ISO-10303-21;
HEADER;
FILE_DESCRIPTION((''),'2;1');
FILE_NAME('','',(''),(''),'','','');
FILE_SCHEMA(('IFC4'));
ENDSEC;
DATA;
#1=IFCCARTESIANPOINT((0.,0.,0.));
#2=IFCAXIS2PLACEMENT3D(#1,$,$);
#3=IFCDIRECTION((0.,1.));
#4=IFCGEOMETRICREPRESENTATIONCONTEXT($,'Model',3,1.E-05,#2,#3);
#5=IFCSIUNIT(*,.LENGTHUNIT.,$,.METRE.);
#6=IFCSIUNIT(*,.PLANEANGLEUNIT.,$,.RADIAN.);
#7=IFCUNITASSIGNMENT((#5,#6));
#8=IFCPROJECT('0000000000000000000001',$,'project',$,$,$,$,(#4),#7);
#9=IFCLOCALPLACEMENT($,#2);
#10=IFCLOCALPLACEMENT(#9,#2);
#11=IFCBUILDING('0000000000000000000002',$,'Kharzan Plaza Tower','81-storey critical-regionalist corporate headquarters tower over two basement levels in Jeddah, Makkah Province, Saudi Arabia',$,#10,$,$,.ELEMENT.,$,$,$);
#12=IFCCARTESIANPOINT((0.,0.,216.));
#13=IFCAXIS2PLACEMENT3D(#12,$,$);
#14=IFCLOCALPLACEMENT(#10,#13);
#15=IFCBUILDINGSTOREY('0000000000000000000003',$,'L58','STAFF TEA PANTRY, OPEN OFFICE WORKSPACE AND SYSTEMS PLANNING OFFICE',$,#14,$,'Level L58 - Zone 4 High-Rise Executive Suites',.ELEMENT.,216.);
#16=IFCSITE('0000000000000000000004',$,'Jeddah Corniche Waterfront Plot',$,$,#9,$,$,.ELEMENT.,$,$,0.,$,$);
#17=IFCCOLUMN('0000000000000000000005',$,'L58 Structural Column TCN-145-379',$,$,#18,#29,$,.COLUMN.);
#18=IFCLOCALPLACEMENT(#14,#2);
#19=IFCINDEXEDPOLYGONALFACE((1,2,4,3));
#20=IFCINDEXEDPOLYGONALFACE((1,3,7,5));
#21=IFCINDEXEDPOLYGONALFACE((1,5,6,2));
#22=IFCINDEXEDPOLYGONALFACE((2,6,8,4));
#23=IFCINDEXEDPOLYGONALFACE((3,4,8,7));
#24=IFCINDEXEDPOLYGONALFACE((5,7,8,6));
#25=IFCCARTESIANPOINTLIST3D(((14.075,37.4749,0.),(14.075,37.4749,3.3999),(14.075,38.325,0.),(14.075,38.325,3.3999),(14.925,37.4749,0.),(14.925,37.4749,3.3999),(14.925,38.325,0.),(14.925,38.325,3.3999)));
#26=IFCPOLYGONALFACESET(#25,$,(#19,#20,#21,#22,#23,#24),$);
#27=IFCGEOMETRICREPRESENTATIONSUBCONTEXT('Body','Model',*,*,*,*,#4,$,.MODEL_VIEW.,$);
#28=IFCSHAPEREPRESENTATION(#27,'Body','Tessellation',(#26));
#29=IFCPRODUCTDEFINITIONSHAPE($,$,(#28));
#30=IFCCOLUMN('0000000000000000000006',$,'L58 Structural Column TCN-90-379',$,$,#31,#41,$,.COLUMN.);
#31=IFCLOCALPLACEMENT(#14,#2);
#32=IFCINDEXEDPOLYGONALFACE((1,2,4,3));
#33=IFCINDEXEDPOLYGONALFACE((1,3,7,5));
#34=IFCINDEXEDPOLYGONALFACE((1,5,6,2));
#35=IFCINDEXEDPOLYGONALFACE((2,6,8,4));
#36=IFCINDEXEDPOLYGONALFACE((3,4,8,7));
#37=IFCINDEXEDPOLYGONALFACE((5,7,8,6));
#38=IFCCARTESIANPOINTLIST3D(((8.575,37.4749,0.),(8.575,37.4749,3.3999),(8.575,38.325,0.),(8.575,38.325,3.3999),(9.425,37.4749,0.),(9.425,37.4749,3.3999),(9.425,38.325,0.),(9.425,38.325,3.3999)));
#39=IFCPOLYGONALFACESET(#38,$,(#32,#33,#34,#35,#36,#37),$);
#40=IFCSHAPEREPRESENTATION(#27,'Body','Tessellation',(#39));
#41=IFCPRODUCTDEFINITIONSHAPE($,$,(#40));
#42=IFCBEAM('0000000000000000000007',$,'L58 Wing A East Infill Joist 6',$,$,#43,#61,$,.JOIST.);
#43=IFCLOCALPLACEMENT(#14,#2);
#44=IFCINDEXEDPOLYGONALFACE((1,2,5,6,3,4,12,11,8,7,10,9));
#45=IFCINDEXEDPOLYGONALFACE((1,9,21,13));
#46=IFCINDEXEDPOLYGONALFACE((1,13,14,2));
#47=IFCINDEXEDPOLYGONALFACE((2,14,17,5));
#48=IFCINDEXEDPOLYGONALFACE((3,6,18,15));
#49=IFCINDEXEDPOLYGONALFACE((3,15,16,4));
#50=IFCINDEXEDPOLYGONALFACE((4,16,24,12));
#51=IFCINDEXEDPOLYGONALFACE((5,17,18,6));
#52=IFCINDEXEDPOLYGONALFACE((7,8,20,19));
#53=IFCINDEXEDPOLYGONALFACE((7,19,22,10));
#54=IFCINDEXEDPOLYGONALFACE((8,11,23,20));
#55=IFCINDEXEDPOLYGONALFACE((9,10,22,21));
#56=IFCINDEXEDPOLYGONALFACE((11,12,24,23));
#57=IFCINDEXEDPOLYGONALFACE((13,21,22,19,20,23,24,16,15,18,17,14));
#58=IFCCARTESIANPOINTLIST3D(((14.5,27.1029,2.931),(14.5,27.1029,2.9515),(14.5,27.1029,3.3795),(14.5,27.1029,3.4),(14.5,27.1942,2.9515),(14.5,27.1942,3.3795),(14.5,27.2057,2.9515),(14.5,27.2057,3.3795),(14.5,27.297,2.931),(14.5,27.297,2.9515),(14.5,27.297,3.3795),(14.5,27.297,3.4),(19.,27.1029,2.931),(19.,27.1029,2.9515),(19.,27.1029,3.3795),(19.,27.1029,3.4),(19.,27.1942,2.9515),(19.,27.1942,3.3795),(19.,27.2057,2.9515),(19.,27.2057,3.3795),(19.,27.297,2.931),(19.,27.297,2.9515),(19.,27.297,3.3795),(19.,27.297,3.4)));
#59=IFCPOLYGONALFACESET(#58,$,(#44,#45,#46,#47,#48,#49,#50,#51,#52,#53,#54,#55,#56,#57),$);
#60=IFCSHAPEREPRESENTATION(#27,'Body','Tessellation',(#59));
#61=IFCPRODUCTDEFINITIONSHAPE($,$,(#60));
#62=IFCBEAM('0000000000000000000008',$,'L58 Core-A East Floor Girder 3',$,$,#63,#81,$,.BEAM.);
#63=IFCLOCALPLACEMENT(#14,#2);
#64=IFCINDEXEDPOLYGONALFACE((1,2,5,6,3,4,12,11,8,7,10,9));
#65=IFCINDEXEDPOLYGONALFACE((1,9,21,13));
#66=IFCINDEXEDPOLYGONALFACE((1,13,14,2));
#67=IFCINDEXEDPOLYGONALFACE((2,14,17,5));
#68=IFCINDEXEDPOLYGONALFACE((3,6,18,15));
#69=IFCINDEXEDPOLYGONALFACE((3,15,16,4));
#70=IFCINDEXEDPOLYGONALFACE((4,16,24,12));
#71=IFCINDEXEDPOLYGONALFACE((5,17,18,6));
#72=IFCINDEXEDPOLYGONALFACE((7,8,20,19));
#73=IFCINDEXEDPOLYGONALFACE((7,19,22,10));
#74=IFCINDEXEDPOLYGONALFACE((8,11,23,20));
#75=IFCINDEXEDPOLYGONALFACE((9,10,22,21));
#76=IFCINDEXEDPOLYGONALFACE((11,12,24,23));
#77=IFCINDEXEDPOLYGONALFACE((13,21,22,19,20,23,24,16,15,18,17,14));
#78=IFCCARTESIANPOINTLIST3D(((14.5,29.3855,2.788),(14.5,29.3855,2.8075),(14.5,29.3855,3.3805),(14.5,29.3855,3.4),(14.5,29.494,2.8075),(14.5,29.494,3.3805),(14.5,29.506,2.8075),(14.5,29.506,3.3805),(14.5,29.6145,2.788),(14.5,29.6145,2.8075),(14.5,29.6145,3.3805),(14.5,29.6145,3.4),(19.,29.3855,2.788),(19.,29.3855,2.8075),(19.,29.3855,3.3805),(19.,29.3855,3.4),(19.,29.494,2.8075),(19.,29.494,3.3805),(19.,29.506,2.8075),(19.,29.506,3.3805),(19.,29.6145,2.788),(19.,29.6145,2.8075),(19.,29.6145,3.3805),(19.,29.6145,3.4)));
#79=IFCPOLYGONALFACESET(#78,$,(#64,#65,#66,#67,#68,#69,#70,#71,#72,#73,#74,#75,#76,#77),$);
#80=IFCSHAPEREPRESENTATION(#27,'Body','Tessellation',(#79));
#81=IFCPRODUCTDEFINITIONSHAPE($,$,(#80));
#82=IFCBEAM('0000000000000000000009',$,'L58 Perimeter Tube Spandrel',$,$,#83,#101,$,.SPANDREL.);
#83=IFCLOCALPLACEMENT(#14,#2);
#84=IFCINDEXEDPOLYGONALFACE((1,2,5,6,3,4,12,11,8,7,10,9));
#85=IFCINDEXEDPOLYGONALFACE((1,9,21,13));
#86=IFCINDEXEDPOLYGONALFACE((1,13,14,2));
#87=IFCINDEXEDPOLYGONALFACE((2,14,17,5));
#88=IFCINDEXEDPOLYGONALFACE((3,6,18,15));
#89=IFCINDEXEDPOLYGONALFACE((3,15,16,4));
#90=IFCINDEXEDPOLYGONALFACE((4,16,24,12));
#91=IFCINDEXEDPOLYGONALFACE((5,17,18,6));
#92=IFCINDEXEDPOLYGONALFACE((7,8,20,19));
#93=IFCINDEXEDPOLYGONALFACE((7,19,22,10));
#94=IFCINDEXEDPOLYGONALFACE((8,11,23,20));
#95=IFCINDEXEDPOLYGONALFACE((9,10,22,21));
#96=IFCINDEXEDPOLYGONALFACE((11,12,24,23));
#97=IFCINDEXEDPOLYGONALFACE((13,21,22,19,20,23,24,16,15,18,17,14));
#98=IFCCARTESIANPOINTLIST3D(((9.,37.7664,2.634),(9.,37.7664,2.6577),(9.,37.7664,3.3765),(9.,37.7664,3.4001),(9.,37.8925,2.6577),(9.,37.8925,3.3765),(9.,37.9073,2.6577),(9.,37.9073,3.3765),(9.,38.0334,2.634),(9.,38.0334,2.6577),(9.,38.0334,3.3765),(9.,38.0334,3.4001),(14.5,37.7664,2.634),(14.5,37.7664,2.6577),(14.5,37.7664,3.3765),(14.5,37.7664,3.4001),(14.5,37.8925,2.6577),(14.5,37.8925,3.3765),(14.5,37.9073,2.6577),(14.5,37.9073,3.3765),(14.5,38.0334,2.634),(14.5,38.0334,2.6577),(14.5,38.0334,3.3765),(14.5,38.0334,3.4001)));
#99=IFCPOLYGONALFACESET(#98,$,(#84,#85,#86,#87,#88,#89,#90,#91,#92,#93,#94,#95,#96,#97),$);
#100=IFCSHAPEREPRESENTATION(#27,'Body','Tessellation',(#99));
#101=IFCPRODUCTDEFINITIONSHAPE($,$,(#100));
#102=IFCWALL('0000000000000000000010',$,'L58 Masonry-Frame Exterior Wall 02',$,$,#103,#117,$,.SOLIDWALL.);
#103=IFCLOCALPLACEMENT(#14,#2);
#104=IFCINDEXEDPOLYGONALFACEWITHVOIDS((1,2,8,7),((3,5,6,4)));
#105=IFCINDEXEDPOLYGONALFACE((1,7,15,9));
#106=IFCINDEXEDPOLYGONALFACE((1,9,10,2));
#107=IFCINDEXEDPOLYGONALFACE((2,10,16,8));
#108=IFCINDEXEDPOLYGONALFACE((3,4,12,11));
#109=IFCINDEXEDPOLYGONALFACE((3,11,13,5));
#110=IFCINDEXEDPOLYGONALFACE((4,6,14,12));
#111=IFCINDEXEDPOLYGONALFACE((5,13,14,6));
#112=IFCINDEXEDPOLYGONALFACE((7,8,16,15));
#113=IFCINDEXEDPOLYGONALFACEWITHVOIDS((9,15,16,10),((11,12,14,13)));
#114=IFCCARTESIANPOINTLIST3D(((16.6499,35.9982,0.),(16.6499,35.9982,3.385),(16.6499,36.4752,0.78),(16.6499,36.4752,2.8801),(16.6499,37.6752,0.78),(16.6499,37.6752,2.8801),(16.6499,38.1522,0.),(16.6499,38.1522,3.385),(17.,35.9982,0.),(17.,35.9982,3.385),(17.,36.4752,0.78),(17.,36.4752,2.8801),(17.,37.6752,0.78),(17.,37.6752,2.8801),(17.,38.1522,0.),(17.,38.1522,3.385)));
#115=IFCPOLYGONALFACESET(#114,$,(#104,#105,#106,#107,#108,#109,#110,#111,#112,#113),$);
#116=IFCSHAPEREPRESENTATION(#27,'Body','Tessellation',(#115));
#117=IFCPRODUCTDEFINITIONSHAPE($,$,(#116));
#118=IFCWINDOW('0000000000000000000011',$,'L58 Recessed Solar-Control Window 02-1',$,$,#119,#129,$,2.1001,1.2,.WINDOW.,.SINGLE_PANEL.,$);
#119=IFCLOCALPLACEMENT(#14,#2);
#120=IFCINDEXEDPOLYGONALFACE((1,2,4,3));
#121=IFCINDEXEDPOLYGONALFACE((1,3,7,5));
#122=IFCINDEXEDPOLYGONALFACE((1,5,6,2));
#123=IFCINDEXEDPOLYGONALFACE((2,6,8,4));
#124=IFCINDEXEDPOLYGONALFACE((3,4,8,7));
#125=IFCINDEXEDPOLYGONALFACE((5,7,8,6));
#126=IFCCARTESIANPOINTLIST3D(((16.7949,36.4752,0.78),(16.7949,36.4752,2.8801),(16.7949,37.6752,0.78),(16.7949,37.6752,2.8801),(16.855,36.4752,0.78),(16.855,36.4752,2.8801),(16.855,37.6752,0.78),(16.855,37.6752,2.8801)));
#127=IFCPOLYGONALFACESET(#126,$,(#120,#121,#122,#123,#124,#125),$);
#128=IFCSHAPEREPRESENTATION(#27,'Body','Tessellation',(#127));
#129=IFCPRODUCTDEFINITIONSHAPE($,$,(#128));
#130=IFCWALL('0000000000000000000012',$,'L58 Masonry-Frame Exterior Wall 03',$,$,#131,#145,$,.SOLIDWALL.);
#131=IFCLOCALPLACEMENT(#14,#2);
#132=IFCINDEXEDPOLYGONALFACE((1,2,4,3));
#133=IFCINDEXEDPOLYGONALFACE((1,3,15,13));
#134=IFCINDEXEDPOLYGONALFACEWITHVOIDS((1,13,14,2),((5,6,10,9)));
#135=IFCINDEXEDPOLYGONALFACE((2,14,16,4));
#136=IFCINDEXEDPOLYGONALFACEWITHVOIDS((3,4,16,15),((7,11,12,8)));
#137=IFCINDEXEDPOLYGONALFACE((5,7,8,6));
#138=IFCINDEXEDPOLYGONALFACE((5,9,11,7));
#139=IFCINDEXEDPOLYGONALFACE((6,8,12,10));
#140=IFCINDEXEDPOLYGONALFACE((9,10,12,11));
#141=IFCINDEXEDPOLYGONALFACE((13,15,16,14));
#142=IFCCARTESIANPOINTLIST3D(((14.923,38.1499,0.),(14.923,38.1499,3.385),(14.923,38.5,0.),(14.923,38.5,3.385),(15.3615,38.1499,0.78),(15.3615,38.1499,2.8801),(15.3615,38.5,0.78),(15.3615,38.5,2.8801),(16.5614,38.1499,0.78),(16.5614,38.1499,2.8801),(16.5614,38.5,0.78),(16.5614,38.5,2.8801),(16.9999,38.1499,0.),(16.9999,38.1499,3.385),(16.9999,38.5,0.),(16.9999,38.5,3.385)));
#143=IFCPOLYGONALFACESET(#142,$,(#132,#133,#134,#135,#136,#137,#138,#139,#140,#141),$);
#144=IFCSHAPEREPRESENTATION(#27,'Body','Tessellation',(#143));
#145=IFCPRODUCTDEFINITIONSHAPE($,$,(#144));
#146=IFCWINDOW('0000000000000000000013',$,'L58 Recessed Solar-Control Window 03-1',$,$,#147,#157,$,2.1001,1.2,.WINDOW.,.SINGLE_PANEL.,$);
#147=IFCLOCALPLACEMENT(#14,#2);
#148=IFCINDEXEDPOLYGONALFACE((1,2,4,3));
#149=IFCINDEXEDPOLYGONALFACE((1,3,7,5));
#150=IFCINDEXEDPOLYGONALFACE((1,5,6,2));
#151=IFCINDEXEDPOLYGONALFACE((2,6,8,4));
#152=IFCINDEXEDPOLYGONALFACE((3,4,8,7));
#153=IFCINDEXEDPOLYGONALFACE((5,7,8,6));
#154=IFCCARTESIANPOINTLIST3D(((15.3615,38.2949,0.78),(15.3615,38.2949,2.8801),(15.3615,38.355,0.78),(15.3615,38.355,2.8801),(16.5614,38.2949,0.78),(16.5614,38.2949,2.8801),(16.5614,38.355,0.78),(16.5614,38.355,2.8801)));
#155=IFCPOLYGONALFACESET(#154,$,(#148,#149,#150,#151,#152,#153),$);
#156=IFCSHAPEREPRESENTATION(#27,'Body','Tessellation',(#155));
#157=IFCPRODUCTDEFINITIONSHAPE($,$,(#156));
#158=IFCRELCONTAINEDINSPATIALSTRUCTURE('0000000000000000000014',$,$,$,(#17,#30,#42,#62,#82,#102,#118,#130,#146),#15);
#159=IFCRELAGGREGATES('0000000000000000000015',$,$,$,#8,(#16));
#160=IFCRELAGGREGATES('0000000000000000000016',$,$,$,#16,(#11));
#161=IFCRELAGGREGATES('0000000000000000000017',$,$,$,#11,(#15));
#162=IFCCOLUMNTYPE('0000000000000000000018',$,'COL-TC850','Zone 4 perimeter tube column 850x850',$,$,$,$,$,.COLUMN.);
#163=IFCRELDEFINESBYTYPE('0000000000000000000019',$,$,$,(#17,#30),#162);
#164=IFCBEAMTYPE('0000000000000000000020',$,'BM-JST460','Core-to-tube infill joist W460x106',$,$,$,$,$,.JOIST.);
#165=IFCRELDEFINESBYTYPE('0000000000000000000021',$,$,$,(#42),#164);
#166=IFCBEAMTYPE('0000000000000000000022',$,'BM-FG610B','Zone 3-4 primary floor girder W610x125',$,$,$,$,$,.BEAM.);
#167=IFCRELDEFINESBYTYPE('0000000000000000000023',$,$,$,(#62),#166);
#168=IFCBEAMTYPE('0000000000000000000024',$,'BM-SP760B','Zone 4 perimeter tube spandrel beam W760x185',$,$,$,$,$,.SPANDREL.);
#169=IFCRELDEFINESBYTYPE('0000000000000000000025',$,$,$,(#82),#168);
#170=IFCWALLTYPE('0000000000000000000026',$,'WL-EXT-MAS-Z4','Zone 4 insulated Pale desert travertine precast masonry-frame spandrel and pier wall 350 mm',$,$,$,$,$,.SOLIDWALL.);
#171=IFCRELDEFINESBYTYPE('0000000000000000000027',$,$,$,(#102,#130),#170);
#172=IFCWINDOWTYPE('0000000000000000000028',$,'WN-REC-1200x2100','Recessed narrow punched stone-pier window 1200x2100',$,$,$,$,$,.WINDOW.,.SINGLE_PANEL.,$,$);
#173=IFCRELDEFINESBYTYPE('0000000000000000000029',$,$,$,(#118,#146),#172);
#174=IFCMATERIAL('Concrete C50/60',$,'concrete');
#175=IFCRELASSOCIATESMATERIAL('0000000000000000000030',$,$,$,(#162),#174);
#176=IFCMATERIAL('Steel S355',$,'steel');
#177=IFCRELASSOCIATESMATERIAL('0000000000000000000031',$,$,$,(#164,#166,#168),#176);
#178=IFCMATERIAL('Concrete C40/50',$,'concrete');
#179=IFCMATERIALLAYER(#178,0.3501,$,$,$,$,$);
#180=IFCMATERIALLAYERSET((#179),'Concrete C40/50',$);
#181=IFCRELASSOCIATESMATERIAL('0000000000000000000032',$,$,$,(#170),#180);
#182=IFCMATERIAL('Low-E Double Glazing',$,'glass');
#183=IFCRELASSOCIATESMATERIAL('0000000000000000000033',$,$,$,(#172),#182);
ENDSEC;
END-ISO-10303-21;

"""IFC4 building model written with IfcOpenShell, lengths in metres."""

from ifc_helpers import new_model, si_unit, direction, frame, frame_2d, origin, origin_2d, place, context, subcontext, project, spatial, rectangle, i_section, extrude, source, transform, mapped, material, layer, layer_set, material_profile, profile_set, type_object, element, fill, save


model = new_model("IFC4")

# Units and contexts
model_context = context("Model", 3, precision=1e-05, world=origin(), true_north=direction((0.0, 1.0)))
body_context = subcontext(model_context, "Body", "Model", "MODEL_VIEW")
ifc_project = project(units=[si_unit("LENGTHUNIT", "METRE"), si_unit("PLANEANGLEUNIT", "RADIAN")], contexts=[model_context])

# Site, building, storey
site_placement = place(None, origin())
site = spatial("IfcSite", under=ifc_project, at=site_placement, Name="Jeddah Corniche Waterfront Plot", CompositionType="ELEMENT", RefElevation=0.0)
building_placement = place(site_placement, origin())
building = spatial("IfcBuilding", under=site, at=building_placement, Name="Kharzan Plaza Tower", Description="81-storey critical-regionalist corporate headquarters tower over two basement levels in Jeddah, Makkah Province, Saudi Arabia", CompositionType="ELEMENT")
storey_placement = place(building_placement, frame((0.0, 0.0, 216.0)))
storey = spatial("IfcBuildingStorey", under=building, at=storey_placement, Name="L58", Description="STAFF TEA PANTRY, OPEN OFFICE WORKSPACE AND SYSTEMS PLANNING OFFICE", LongName="Level L58 - Zone 4 High-Rise Executive Suites", CompositionType="ELEMENT", Elevation=216.0)

# Columns
ifc_material_1 = material(Name="Concrete C50/60", Category="concrete")
ifc_material_profile_1 = material_profile(ifc_material_1, rectangle(XDim=0.8501, YDim=0.8501, at=origin_2d()), Name="RC-TC850x850")
ifc_profile_set_1 = profile_set([ifc_material_profile_1], Name="Concrete C50/60")
column_type = type_object("IfcColumnType", Name="COL-TC850", Description="Zone 4 perimeter tube column 850x850", PredefinedType="COLUMN", material=ifc_profile_set_1)
shared_shape_1 = source(origin(), body_context, "Body", "SweptSolid", [
    extrude(rectangle(XDim=0.8501, YDim=0.8501, at=origin_2d()), origin(), (0.0, 0.0, 1.0), 3.3999),
])
for number, where, z_axis, x_axis, name in (
    (1, (14.5, 37.8999, 0.0), (0.0, 0.0, 1.0), (1.0, 0.0, 0.0), "L58 Structural Column TCN-145-379"),
    (2, (9.0, 37.8999, 0.0), (0.0, 0.0, 1.0), (1.0, 0.0, 0.0), "L58 Structural Column TCN-90-379"),
):
    element("IfcColumn", number, at=place(storey_placement, frame(where, z_axis=z_axis, x_axis=x_axis)), inside=storey, type_object=column_type, Name=name, PredefinedType="COLUMN", context=body_context, shape_type="MappedRepresentation", body=[
        mapped(shared_shape_1, transform((0.0, 0.0, 0.0), x_axis=(1.0, 0.0, 0.0), y_axis=(0.0, 1.0, 0.0), z_axis=(0.0, 0.0, 1.0))),
    ])

# Beams
ifc_material_2 = material(Name="Steel S355", Category="steel")
ifc_material_profile_2 = material_profile(ifc_material_2, i_section(OverallWidth=0.1941, OverallDepth=0.469, WebThickness=0.0115, FlangeThickness=0.0205, at=origin_2d()), Name="W460x106")
ifc_profile_set_2 = profile_set([ifc_material_profile_2], Name="Steel S355")
beam_type_1 = type_object("IfcBeamType", Name="BM-JST460", Description="Core-to-tube infill joist W460x106", PredefinedType="JOIST", material=ifc_profile_set_2)
shared_shape_2 = source(origin(), body_context, "Body", "SweptSolid", [
    extrude(i_section(OverallWidth=0.1941, OverallDepth=0.469, WebThickness=0.0115, FlangeThickness=0.0205, at=origin_2d()), origin(), (0.0, 0.0, 1.0), 4.5),
])
beam_1_placement = place(storey_placement, frame((14.5, 27.2, 3.1655), z_axis=(1.0, 0.0, 0.0), x_axis=(0.0, 1.0, 0.0)))
element("IfcBeam", 3, at=beam_1_placement, inside=storey, type_object=beam_type_1, Name="L58 Wing A East Infill Joist 6", PredefinedType="JOIST", context=body_context, shape_type="MappedRepresentation", body=[
    mapped(shared_shape_2, transform((0.0, 0.0, 0.0), x_axis=(1.0, 0.0, 0.0), y_axis=(0.0, 1.0, 0.0), z_axis=(0.0, 0.0, 1.0))),
])
ifc_material_profile_3 = material_profile(ifc_material_2, i_section(OverallWidth=0.229, OverallDepth=0.6121, WebThickness=0.012, FlangeThickness=0.0195, at=origin_2d()), Name="W610x125")
ifc_profile_set_3 = profile_set([ifc_material_profile_3], Name="Steel S355")
beam_type_2 = type_object("IfcBeamType", Name="BM-FG610B", Description="Zone 3-4 primary floor girder W610x125", PredefinedType="BEAM", material=ifc_profile_set_3)
shared_shape_3 = source(origin(), body_context, "Body", "SweptSolid", [
    extrude(i_section(OverallWidth=0.229, OverallDepth=0.6121, WebThickness=0.012, FlangeThickness=0.0195, at=origin_2d()), origin(), (0.0, 0.0, 1.0), 4.5),
])
beam_2_placement = place(storey_placement, frame((14.5, 29.5, 3.094), z_axis=(1.0, 0.0, 0.0), x_axis=(0.0, 1.0, 0.0)))
element("IfcBeam", 4, at=beam_2_placement, inside=storey, type_object=beam_type_2, Name="L58 Core-A East Floor Girder 3", PredefinedType="BEAM", context=body_context, shape_type="MappedRepresentation", body=[
    mapped(shared_shape_3, transform((0.0, 0.0, 0.0), x_axis=(1.0, 0.0, 0.0), y_axis=(0.0, 1.0, 0.0), z_axis=(0.0, 0.0, 1.0))),
])
ifc_material_profile_4 = material_profile(ifc_material_2, i_section(OverallWidth=0.2671, OverallDepth=0.7661, WebThickness=0.0149, FlangeThickness=0.0237, at=origin_2d()), Name="W760x185")
ifc_profile_set_4 = profile_set([ifc_material_profile_4], Name="Steel S355")
beam_type_3 = type_object("IfcBeamType", Name="BM-SP760B", Description="Zone 4 perimeter tube spandrel beam W760x185", PredefinedType="SPANDREL", material=ifc_profile_set_4)
shared_shape_4 = source(origin(), body_context, "Body", "SweptSolid", [
    extrude(i_section(OverallWidth=0.2671, OverallDepth=0.7661, WebThickness=0.0149, FlangeThickness=0.0237, at=origin_2d()), origin(), (0.0, 0.0, 1.0), 5.5),
])
beam_3_placement = place(storey_placement, frame((9.0, 37.8999, 3.0171), z_axis=(1.0, 0.0, 0.0), x_axis=(0.0, 1.0, 0.0)))
element("IfcBeam", 5, at=beam_3_placement, inside=storey, type_object=beam_type_3, Name="L58 Perimeter Tube Spandrel", PredefinedType="SPANDREL", context=body_context, shape_type="MappedRepresentation", body=[
    mapped(shared_shape_4, transform((0.0, 0.0, 0.0), x_axis=(1.0, 0.0, 0.0), y_axis=(0.0, 1.0, 0.0), z_axis=(0.0, 0.0, 1.0))),
])

# Walls, openings, windows
ifc_material_3 = material(Name="Concrete C40/50", Category="concrete")
ifc_layer_1 = layer(ifc_material_3, 0.3501)
ifc_layer_set_1 = layer_set([ifc_layer_1], Name="Concrete C40/50")
wall_type_1 = type_object("IfcWallType", Name="WL-EXT-MAS-Z4", Description="Zone 4 insulated Pale desert travertine precast masonry-frame spandrel and pier wall 350 mm", PredefinedType="SOLIDWALL", material=ifc_layer_set_1)
wall_1_placement = place(storey_placement, frame((16.825, 35.998, 0.0), z_axis=(0.0, 0.0, 1.0), x_axis=(0.0, 1.0, 0.0)))
wall_1 = element("IfcWall", 6, at=wall_1_placement, inside=storey, type_object=wall_type_1, Name="L58 Masonry-Frame Exterior Wall 02", PredefinedType="SOLIDWALL", context=body_context, shape_type="SweptSolid", body=[
    extrude(rectangle(XDim=2.1541, YDim=0.3501, at=frame_2d((1.0771, 0.0))), origin(), (0.0, 0.0, 1.0), 3.385),
])
opening_1_placement = place(wall_1_placement, frame((0.4771, 0.0, 0.78)))
opening_1 = element("IfcOpeningElement", 7, at=opening_1_placement, cuts=wall_1, PredefinedType="OPENING", context=body_context, shape_type="SweptSolid", body=[
    extrude(rectangle(XDim=1.2, YDim=2.1001, at=frame_2d((0.6001, 1.05))), frame((0.0, 0.1851, 0.0), z_axis=(0.0, -1.0, 0.0), x_axis=(1.0, 0.0, 0.0)), (0.0, 0.0, 1.0), 0.3701),
])
ifc_material_4 = material(Name="Low-E Double Glazing", Category="glass")
window_type_1 = type_object("IfcWindowType", Name="WN-REC-1200x2100", Description="Recessed narrow punched stone-pier window 1200x2100", PartitioningType="SINGLE_PANEL", PredefinedType="WINDOW", material=ifc_material_4)
shared_shape_5 = source(origin(), body_context, "Body", "SweptSolid", [
    extrude(rectangle(XDim=1.2, YDim=2.1001, at=frame_2d((0.6001, 1.05))), frame((0.0, 0.03, 0.0), z_axis=(0.0, -1.0, 0.0), x_axis=(1.0, 0.0, 0.0)), (0.0, 0.0, 1.0), 0.0601),
])
window_1_placement = place(opening_1_placement, origin())
window_1 = element("IfcWindow", 8, at=window_1_placement, inside=storey, type_object=window_type_1, Name="L58 Recessed Solar-Control Window 02-1", OverallHeight=2.1001, OverallWidth=1.2, PartitioningType="SINGLE_PANEL", PredefinedType="WINDOW", context=body_context, shape_type="MappedRepresentation", body=[
    mapped(shared_shape_5, transform((0.0, 0.0, 0.0), x_axis=(1.0, 0.0, 0.0), y_axis=(0.0, 1.0, 0.0), z_axis=(0.0, 0.0, 1.0))),
])
fill(opening_1, window_1)
wall_2_placement = place(storey_placement, frame((17.0, 38.325, 0.0), z_axis=(0.0, 0.0, 1.0), x_axis=(-1.0, 0.0, 0.0)))
wall_2 = element("IfcWall", 9, at=wall_2_placement, inside=storey, type_object=wall_type_1, Name="L58 Masonry-Frame Exterior Wall 03", PredefinedType="SOLIDWALL", context=body_context, shape_type="SweptSolid", body=[
    extrude(rectangle(XDim=2.0769, YDim=0.3501, at=frame_2d((1.0386, 0.0))), origin(), (0.0, 0.0, 1.0), 3.385),
])
opening_2_placement = place(wall_2_placement, frame((0.4385, 0.0, 0.78)))
opening_2 = element("IfcOpeningElement", 10, at=opening_2_placement, cuts=wall_2, PredefinedType="OPENING", context=body_context, shape_type="SweptSolid", body=[
    extrude(rectangle(XDim=1.2, YDim=2.1001, at=frame_2d((0.6001, 1.05))), frame((0.0, 0.1851, 0.0), z_axis=(0.0, -1.0, 0.0), x_axis=(1.0, 0.0, 0.0)), (0.0, 0.0, 1.0), 0.3701),
])
window_2_placement = place(opening_2_placement, origin())
window_2 = element("IfcWindow", 11, at=window_2_placement, inside=storey, type_object=window_type_1, Name="L58 Recessed Solar-Control Window 03-1", OverallHeight=2.1001, OverallWidth=1.2, PartitioningType="SINGLE_PANEL", PredefinedType="WINDOW", context=body_context, shape_type="MappedRepresentation", body=[
    mapped(shared_shape_5, transform((0.0, 0.0, 0.0), x_axis=(1.0, 0.0, 0.0), y_axis=(0.0, 1.0, 0.0), z_axis=(0.0, 0.0, 1.0))),
])
fill(opening_2, window_2)

save(model, "model.ifc")
